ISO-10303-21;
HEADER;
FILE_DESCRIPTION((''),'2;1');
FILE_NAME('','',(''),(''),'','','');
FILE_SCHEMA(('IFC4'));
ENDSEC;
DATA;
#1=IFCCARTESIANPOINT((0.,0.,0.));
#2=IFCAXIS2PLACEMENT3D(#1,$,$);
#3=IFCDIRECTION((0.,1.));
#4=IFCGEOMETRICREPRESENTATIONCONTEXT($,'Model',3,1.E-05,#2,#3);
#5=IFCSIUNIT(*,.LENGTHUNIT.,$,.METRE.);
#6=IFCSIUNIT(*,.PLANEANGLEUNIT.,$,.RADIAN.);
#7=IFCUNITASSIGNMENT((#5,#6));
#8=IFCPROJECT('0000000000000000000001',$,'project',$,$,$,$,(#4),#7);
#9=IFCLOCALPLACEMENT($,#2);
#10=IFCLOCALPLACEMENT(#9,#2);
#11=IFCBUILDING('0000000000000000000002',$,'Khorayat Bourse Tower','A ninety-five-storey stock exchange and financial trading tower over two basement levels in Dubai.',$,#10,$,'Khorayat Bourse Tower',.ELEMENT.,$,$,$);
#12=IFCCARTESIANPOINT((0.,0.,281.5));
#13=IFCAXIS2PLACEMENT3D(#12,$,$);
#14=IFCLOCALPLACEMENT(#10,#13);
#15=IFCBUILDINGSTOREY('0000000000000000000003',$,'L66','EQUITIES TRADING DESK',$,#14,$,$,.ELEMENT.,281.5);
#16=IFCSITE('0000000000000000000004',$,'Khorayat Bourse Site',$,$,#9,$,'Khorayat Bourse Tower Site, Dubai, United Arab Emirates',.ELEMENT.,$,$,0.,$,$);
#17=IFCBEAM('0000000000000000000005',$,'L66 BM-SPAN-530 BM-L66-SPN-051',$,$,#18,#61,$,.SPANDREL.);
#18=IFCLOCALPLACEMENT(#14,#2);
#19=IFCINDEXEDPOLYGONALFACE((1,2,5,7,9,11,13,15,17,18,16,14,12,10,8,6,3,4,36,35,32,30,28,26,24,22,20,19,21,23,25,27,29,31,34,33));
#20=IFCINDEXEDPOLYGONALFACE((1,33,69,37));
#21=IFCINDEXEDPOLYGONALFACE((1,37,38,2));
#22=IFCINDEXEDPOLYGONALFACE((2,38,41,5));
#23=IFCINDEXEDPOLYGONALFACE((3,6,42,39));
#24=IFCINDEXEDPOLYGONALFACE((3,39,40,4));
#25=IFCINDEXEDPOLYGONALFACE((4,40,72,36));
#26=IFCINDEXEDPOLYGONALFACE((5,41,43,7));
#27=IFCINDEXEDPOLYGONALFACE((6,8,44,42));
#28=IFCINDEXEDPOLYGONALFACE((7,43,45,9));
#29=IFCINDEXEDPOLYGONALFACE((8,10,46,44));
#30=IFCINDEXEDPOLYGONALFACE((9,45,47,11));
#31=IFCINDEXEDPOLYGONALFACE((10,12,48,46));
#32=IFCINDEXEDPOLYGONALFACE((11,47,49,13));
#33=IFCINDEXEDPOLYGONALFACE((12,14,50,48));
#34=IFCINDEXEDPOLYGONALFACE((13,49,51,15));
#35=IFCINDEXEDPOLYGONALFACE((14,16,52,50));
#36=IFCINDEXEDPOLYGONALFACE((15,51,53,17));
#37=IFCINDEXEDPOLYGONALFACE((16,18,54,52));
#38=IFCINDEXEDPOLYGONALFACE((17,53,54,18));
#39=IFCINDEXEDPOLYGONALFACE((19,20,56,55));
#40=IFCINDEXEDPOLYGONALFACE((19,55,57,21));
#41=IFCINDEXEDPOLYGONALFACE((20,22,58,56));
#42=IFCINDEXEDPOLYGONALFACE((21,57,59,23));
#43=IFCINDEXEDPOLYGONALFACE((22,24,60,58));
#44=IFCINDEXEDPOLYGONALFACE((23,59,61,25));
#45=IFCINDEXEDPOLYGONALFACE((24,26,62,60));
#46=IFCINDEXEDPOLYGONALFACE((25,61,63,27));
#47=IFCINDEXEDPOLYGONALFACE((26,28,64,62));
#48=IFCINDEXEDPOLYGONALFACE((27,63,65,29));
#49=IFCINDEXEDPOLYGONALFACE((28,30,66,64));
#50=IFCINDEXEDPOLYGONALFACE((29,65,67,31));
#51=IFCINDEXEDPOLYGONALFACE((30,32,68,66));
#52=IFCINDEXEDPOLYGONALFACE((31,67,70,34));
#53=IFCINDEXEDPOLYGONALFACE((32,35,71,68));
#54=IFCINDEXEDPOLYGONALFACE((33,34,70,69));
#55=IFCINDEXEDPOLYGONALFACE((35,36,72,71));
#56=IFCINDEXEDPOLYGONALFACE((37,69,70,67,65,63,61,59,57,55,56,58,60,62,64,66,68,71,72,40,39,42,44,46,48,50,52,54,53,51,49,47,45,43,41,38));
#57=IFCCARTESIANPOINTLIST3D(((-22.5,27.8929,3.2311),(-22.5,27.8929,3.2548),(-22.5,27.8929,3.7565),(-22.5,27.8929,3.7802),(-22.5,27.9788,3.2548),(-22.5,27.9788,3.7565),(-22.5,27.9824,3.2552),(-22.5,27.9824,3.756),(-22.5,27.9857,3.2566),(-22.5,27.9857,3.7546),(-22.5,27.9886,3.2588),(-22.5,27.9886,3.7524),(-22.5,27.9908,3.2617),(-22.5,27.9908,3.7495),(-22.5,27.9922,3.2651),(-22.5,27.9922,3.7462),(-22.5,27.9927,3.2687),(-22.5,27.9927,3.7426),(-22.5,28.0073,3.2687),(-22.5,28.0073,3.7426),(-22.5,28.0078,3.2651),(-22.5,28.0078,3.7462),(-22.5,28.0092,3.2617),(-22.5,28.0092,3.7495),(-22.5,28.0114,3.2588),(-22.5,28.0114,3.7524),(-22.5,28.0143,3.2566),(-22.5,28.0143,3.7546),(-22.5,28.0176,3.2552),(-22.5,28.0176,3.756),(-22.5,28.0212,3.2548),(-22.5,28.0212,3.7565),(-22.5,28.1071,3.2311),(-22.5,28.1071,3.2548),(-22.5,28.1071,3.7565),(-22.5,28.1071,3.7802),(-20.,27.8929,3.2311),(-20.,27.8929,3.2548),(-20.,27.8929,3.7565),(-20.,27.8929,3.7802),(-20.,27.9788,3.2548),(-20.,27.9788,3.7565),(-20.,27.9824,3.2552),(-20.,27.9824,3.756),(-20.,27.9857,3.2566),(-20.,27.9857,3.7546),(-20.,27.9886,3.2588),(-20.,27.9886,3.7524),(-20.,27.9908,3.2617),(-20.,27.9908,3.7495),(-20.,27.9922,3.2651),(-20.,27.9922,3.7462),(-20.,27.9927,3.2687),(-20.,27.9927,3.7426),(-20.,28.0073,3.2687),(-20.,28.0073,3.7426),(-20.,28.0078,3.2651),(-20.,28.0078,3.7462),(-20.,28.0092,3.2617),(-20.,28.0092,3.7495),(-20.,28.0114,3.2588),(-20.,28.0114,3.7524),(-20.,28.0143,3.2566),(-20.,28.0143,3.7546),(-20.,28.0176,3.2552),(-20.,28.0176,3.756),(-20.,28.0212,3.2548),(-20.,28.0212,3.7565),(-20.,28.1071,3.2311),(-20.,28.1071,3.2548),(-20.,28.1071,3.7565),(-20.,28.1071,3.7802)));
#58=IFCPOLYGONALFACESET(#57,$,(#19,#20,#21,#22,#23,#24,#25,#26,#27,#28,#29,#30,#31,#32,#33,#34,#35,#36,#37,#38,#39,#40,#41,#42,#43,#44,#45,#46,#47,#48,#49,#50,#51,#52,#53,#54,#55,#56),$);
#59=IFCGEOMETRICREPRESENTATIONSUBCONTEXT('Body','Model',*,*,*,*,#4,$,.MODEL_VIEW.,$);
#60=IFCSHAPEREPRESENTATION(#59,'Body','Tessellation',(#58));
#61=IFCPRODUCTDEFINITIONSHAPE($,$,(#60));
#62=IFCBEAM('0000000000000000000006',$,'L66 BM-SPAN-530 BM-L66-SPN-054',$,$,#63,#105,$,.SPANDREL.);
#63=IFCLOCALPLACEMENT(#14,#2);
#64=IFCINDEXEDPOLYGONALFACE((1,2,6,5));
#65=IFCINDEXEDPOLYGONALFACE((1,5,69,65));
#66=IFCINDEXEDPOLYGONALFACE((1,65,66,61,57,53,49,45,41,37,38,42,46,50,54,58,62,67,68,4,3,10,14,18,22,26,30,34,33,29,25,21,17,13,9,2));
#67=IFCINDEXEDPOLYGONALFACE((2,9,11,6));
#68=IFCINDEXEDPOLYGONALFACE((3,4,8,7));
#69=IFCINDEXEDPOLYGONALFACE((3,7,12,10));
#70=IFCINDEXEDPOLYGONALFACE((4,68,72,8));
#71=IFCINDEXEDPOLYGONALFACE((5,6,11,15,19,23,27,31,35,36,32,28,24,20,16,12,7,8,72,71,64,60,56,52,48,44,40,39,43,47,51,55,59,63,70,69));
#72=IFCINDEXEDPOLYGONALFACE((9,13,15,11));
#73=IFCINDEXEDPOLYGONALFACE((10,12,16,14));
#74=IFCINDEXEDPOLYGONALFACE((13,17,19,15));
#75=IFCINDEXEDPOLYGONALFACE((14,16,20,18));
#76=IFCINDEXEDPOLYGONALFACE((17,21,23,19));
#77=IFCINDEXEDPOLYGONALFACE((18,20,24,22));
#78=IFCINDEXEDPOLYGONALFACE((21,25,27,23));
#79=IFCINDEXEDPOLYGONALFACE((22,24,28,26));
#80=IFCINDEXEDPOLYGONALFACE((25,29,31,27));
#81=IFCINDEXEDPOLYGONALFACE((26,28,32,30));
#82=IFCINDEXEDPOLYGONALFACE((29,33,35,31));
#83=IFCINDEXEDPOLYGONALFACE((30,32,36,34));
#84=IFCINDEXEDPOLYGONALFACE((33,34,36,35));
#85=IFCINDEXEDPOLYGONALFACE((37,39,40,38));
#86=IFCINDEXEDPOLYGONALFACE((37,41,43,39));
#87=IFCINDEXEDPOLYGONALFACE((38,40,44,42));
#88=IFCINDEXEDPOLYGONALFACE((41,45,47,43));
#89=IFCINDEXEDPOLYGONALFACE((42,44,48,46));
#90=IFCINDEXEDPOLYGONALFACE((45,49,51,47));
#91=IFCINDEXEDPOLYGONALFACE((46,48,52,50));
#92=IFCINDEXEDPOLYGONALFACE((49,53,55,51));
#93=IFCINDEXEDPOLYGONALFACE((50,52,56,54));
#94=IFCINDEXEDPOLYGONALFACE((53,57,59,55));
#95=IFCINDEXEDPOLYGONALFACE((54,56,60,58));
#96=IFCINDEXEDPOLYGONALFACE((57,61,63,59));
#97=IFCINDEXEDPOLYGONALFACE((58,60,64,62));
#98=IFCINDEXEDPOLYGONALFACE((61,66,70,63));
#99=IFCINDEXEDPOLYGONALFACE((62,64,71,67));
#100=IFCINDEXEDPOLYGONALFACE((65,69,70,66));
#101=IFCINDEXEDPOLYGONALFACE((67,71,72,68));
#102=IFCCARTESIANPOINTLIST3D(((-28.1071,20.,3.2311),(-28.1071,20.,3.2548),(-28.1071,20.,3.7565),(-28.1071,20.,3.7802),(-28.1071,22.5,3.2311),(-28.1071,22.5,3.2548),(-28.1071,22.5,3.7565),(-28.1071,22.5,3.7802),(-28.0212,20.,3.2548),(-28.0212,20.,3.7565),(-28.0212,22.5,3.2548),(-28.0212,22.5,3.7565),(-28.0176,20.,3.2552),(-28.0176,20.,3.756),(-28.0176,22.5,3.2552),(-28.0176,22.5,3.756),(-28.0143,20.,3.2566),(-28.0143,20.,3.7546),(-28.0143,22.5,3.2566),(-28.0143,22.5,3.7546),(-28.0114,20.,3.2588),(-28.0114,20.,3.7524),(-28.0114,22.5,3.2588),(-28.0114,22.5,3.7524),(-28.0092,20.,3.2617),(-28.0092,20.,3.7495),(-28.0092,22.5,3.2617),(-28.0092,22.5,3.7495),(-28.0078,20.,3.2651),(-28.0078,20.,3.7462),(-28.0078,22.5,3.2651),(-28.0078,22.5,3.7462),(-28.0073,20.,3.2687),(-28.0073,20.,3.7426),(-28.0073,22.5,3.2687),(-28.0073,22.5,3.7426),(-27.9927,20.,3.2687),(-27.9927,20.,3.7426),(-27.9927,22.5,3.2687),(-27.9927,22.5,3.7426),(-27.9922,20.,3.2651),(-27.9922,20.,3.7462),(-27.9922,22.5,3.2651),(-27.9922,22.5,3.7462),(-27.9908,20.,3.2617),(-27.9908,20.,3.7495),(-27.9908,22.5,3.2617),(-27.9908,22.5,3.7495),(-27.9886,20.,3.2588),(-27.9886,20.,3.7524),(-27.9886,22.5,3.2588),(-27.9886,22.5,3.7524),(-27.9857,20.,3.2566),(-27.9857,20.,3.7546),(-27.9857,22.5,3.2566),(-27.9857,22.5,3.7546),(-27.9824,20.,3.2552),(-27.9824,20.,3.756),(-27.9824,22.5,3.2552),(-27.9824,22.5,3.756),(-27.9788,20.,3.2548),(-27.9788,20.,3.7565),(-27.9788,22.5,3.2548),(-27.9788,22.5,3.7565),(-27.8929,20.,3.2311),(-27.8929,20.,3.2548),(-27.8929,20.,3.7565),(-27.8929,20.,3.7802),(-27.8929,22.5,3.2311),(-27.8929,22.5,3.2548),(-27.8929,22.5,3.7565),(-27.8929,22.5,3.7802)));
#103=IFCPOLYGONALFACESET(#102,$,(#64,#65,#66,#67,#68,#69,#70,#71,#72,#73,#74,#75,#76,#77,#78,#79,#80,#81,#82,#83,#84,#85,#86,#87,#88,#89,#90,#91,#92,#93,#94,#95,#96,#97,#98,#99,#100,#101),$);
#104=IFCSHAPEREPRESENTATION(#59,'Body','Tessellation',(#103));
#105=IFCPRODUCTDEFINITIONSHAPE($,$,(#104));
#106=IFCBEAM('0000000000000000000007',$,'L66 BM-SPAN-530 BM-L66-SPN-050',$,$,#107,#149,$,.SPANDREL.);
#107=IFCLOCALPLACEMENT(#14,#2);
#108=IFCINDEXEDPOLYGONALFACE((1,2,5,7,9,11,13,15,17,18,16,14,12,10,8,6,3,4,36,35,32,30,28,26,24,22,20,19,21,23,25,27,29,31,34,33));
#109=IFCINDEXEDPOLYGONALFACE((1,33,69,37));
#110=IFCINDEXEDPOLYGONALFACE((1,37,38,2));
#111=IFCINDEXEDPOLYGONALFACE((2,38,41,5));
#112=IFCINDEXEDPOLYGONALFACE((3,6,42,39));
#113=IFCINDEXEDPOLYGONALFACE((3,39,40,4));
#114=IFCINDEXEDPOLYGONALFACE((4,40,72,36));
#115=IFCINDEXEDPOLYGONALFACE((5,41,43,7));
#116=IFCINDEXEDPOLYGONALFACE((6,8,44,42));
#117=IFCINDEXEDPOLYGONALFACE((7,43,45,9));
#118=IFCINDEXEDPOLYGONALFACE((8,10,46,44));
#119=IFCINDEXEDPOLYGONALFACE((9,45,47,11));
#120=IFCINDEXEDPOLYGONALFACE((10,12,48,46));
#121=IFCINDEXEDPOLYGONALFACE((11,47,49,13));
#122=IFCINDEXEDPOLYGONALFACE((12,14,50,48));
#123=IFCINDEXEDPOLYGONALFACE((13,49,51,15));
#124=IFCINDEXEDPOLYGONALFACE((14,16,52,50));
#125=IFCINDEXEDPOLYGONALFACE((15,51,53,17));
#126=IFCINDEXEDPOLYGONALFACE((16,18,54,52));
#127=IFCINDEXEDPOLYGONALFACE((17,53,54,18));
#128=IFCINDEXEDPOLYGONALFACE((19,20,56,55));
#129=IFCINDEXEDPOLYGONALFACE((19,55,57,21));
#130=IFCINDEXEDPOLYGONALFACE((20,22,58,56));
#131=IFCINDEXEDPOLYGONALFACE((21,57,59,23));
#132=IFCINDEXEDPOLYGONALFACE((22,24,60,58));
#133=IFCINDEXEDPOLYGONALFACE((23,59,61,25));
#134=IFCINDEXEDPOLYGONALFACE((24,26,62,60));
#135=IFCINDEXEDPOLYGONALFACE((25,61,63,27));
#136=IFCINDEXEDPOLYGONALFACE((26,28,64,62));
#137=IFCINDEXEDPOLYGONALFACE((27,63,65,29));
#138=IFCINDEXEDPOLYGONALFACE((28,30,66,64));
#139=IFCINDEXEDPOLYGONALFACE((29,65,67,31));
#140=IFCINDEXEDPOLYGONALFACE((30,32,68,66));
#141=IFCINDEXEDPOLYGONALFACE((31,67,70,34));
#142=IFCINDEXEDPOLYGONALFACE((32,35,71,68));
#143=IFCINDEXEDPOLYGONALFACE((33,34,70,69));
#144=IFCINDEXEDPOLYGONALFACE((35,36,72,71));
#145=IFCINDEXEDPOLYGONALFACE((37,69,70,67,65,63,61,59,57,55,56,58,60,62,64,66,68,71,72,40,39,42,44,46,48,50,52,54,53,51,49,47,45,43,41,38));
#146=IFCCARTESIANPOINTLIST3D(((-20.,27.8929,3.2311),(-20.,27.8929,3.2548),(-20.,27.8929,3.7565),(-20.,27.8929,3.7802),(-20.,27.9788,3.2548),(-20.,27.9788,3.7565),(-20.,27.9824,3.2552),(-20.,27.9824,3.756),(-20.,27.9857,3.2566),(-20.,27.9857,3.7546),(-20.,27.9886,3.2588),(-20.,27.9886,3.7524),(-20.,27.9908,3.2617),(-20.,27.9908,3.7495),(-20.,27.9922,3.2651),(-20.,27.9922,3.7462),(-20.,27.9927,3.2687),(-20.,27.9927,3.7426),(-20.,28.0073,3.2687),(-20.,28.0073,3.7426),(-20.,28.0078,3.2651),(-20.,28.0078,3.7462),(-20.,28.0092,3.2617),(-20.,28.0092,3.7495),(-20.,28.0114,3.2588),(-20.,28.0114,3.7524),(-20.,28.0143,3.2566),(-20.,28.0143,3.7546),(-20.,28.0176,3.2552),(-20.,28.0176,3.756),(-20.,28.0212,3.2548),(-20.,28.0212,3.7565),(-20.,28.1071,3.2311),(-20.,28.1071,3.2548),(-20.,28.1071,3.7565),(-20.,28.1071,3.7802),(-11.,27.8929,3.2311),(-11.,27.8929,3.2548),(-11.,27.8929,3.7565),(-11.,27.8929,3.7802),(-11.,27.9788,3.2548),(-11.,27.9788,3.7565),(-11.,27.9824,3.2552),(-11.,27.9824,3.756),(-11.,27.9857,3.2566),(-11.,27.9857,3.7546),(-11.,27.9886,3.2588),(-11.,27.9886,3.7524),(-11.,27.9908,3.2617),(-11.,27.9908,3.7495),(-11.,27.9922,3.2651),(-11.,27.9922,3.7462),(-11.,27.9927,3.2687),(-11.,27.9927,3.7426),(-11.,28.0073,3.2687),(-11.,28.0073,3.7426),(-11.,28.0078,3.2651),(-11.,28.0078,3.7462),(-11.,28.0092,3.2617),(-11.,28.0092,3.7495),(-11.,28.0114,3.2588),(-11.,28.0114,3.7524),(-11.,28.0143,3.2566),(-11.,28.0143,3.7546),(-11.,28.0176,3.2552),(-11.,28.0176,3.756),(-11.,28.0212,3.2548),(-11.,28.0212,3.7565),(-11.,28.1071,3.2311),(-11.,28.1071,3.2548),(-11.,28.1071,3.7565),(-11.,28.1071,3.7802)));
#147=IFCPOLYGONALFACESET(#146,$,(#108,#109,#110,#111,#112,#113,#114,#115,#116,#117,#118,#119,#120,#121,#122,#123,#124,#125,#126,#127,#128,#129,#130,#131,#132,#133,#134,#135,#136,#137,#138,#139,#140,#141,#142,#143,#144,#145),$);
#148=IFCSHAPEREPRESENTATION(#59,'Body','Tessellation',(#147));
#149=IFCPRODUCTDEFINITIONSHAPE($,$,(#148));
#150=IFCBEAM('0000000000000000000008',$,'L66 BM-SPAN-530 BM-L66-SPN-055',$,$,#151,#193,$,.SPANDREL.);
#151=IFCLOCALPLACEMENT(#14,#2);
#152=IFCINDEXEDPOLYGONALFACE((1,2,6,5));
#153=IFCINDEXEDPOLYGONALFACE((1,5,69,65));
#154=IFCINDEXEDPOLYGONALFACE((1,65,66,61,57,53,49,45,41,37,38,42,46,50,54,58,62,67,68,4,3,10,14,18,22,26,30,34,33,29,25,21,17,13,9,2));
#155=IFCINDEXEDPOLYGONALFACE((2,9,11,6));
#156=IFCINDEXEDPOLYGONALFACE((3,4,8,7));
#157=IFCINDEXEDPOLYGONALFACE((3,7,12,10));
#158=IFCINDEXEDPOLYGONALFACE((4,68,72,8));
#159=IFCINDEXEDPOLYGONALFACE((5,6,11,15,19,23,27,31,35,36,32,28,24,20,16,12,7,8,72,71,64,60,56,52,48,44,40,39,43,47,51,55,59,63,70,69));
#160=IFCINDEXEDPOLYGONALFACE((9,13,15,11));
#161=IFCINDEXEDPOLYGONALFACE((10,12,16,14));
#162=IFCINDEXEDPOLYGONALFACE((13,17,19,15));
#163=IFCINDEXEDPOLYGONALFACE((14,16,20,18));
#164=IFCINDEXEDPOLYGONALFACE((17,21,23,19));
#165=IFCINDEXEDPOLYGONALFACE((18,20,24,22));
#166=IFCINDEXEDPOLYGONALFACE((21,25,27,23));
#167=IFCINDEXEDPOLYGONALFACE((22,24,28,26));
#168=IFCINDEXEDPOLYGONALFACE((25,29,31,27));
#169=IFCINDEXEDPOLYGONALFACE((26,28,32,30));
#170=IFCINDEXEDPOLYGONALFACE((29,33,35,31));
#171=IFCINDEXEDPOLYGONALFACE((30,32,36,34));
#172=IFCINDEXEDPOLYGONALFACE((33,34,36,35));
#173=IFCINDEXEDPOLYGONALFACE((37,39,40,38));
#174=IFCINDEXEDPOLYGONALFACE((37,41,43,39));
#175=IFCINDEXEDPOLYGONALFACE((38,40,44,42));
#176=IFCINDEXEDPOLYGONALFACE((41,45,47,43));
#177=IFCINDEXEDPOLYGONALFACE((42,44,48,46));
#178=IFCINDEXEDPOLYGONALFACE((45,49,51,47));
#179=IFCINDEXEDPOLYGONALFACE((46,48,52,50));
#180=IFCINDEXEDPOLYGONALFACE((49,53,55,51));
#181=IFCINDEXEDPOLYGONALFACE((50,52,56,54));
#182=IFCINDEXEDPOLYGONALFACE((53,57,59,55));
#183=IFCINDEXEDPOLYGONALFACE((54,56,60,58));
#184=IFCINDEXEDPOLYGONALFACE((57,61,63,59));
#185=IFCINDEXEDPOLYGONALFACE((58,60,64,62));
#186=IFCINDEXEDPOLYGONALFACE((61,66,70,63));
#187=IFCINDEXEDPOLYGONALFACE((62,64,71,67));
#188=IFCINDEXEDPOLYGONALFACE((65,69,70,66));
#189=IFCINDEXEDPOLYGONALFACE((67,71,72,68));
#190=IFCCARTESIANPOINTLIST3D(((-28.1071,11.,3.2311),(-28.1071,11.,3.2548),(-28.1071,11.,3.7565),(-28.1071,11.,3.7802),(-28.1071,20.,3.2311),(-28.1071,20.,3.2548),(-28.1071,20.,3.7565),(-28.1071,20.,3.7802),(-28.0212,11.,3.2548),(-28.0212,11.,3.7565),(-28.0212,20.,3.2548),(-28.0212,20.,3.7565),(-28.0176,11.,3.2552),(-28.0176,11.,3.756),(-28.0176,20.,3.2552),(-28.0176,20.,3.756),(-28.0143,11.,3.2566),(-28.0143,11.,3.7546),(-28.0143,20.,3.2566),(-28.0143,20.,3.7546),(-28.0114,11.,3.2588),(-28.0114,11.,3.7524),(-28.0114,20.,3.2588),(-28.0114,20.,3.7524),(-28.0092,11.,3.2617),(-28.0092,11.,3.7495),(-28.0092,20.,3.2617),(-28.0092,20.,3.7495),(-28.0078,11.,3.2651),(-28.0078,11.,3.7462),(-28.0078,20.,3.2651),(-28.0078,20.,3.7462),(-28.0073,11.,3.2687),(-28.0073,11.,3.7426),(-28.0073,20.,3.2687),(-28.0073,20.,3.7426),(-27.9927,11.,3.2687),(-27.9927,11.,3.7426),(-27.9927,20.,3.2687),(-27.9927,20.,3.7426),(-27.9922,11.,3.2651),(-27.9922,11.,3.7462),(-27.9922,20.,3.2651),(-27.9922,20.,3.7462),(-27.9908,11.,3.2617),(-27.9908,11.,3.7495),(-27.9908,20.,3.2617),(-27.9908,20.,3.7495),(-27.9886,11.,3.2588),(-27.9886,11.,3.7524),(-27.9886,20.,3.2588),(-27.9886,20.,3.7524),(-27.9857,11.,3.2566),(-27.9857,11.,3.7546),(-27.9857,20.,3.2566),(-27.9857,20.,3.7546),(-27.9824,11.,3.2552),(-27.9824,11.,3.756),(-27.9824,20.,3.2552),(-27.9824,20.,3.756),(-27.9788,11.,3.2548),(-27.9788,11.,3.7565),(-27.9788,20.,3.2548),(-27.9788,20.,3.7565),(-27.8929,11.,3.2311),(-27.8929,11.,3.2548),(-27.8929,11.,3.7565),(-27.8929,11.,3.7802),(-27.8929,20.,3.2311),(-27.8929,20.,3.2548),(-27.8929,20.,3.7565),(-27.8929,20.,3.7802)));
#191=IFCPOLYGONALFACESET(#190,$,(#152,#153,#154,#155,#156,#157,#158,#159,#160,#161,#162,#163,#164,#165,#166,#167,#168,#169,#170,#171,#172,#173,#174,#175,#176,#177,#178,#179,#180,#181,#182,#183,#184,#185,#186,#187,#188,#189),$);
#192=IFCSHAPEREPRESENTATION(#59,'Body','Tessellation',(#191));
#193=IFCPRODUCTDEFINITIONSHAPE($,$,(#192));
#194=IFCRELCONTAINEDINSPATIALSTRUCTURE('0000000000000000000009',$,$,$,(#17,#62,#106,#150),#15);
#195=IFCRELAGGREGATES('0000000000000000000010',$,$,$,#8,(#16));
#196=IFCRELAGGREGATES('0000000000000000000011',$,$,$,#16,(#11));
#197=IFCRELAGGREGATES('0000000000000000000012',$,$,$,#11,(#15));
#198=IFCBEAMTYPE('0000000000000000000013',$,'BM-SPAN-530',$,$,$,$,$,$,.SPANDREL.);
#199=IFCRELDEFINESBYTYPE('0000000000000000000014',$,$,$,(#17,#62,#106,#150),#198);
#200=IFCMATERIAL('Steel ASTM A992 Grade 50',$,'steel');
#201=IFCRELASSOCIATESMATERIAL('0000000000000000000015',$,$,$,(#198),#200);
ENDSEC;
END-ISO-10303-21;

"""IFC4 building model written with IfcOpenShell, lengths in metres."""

from ifc_helpers import new_model, si_unit, direction, frame, origin, origin_2d, place, context, subcontext, project, spatial, i_section, extrude, source, transform, mapped, material, material_profile, profile_set, type_object, element, save


model = new_model("IFC4")

# Units and contexts
model_context = context("Model", 3, precision=1e-05, world=origin(), true_north=direction((0.0, 1.0)))
body_context = subcontext(model_context, "Body", "Model", "MODEL_VIEW")
ifc_project = project(units=[si_unit("LENGTHUNIT", "METRE"), si_unit("PLANEANGLEUNIT", "RADIAN")], contexts=[model_context])

# Site, building, storey
site_placement = place(None, origin())
site = spatial("IfcSite", under=ifc_project, at=site_placement, Name="Khorayat Bourse Site", LongName="Khorayat Bourse Tower Site, Dubai, United Arab Emirates", CompositionType="ELEMENT", RefElevation=0.0)
building_placement = place(site_placement, origin())
building = spatial("IfcBuilding", under=site, at=building_placement, Name="Khorayat Bourse Tower", Description="A ninety-five-storey stock exchange and financial trading tower over two basement levels in Dubai.", LongName="Khorayat Bourse Tower", CompositionType="ELEMENT")
storey_placement = place(building_placement, frame((0.0, 0.0, 281.5)))
storey = spatial("IfcBuildingStorey", under=building, at=storey_placement, Name="L66", Description="EQUITIES TRADING DESK", CompositionType="ELEMENT", Elevation=281.5)

# Beams
ifc_material_1 = material(Name="Steel ASTM A992 Grade 50", Category="steel")
ifc_material_profile_1 = material_profile(ifc_material_1, i_section(OverallWidth=0.2141, OverallDepth=0.5491, WebThickness=0.0146, FlangeThickness=0.0237, FilletRadius=0.0139, at=origin_2d()), Name="W530X138")
ifc_profile_set_1 = profile_set([ifc_material_profile_1], Name="Steel ASTM A992 Grade 50")
beam_type_1 = type_object("IfcBeamType", Name="BM-SPAN-530", PredefinedType="SPANDREL", material=ifc_profile_set_1)
shared_shape_1 = source(origin(), body_context, "Body", "SweptSolid", [
    extrude(i_section(OverallWidth=0.2141, OverallDepth=0.5491, WebThickness=0.0146, FlangeThickness=0.0237, FilletRadius=0.0139, at=origin_2d()), origin(), (0.0, 0.0, 1.0), 2.5),
])
for number, where, z_axis, x_axis, name in (
    (1, (-22.5, 28.0, 3.5056), (1.0, 0.0, 0.0), (0.0, 1.0, 0.0), "L66 BM-SPAN-530 BM-L66-SPN-051"),
    (2, (-28.0, 20.0, 3.5056), (0.0, 1.0, 0.0), (-1.0, 0.0, 0.0), "L66 BM-SPAN-530 BM-L66-SPN-054"),
):
    element("IfcBeam", number, at=place(storey_placement, frame(where, z_axis=z_axis, x_axis=x_axis)), inside=storey, type_object=beam_type_1, Name=name, PredefinedType="SPANDREL", context=body_context, shape_type="MappedRepresentation", body=[
        mapped(shared_shape_1, transform((0.0, 0.0, 0.0), scale=1.0)),
    ])
shared_shape_2 = source(origin(), body_context, "Body", "SweptSolid", [
    extrude(i_section(OverallWidth=0.2141, OverallDepth=0.5491, WebThickness=0.0146, FlangeThickness=0.0237, FilletRadius=0.0139, at=origin_2d()), origin(), (0.0, 0.0, 1.0), 9.0),
])
for number, where, z_axis, x_axis, name in (
    (3, (-20.0, 28.0, 3.5056), (1.0, 0.0, 0.0), (0.0, 1.0, 0.0), "L66 BM-SPAN-530 BM-L66-SPN-050"),
    (4, (-28.0, 11.0, 3.5056), (0.0, 1.0, 0.0), (-1.0, 0.0, 0.0), "L66 BM-SPAN-530 BM-L66-SPN-055"),
):
    element("IfcBeam", number, at=place(storey_placement, frame(where, z_axis=z_axis, x_axis=x_axis)), inside=storey, type_object=beam_type_1, Name=name, PredefinedType="SPANDREL", context=body_context, shape_type="MappedRepresentation", body=[
        mapped(shared_shape_2, transform((0.0, 0.0, 0.0), scale=1.0)),
    ])

save(model, "model.ifc")
